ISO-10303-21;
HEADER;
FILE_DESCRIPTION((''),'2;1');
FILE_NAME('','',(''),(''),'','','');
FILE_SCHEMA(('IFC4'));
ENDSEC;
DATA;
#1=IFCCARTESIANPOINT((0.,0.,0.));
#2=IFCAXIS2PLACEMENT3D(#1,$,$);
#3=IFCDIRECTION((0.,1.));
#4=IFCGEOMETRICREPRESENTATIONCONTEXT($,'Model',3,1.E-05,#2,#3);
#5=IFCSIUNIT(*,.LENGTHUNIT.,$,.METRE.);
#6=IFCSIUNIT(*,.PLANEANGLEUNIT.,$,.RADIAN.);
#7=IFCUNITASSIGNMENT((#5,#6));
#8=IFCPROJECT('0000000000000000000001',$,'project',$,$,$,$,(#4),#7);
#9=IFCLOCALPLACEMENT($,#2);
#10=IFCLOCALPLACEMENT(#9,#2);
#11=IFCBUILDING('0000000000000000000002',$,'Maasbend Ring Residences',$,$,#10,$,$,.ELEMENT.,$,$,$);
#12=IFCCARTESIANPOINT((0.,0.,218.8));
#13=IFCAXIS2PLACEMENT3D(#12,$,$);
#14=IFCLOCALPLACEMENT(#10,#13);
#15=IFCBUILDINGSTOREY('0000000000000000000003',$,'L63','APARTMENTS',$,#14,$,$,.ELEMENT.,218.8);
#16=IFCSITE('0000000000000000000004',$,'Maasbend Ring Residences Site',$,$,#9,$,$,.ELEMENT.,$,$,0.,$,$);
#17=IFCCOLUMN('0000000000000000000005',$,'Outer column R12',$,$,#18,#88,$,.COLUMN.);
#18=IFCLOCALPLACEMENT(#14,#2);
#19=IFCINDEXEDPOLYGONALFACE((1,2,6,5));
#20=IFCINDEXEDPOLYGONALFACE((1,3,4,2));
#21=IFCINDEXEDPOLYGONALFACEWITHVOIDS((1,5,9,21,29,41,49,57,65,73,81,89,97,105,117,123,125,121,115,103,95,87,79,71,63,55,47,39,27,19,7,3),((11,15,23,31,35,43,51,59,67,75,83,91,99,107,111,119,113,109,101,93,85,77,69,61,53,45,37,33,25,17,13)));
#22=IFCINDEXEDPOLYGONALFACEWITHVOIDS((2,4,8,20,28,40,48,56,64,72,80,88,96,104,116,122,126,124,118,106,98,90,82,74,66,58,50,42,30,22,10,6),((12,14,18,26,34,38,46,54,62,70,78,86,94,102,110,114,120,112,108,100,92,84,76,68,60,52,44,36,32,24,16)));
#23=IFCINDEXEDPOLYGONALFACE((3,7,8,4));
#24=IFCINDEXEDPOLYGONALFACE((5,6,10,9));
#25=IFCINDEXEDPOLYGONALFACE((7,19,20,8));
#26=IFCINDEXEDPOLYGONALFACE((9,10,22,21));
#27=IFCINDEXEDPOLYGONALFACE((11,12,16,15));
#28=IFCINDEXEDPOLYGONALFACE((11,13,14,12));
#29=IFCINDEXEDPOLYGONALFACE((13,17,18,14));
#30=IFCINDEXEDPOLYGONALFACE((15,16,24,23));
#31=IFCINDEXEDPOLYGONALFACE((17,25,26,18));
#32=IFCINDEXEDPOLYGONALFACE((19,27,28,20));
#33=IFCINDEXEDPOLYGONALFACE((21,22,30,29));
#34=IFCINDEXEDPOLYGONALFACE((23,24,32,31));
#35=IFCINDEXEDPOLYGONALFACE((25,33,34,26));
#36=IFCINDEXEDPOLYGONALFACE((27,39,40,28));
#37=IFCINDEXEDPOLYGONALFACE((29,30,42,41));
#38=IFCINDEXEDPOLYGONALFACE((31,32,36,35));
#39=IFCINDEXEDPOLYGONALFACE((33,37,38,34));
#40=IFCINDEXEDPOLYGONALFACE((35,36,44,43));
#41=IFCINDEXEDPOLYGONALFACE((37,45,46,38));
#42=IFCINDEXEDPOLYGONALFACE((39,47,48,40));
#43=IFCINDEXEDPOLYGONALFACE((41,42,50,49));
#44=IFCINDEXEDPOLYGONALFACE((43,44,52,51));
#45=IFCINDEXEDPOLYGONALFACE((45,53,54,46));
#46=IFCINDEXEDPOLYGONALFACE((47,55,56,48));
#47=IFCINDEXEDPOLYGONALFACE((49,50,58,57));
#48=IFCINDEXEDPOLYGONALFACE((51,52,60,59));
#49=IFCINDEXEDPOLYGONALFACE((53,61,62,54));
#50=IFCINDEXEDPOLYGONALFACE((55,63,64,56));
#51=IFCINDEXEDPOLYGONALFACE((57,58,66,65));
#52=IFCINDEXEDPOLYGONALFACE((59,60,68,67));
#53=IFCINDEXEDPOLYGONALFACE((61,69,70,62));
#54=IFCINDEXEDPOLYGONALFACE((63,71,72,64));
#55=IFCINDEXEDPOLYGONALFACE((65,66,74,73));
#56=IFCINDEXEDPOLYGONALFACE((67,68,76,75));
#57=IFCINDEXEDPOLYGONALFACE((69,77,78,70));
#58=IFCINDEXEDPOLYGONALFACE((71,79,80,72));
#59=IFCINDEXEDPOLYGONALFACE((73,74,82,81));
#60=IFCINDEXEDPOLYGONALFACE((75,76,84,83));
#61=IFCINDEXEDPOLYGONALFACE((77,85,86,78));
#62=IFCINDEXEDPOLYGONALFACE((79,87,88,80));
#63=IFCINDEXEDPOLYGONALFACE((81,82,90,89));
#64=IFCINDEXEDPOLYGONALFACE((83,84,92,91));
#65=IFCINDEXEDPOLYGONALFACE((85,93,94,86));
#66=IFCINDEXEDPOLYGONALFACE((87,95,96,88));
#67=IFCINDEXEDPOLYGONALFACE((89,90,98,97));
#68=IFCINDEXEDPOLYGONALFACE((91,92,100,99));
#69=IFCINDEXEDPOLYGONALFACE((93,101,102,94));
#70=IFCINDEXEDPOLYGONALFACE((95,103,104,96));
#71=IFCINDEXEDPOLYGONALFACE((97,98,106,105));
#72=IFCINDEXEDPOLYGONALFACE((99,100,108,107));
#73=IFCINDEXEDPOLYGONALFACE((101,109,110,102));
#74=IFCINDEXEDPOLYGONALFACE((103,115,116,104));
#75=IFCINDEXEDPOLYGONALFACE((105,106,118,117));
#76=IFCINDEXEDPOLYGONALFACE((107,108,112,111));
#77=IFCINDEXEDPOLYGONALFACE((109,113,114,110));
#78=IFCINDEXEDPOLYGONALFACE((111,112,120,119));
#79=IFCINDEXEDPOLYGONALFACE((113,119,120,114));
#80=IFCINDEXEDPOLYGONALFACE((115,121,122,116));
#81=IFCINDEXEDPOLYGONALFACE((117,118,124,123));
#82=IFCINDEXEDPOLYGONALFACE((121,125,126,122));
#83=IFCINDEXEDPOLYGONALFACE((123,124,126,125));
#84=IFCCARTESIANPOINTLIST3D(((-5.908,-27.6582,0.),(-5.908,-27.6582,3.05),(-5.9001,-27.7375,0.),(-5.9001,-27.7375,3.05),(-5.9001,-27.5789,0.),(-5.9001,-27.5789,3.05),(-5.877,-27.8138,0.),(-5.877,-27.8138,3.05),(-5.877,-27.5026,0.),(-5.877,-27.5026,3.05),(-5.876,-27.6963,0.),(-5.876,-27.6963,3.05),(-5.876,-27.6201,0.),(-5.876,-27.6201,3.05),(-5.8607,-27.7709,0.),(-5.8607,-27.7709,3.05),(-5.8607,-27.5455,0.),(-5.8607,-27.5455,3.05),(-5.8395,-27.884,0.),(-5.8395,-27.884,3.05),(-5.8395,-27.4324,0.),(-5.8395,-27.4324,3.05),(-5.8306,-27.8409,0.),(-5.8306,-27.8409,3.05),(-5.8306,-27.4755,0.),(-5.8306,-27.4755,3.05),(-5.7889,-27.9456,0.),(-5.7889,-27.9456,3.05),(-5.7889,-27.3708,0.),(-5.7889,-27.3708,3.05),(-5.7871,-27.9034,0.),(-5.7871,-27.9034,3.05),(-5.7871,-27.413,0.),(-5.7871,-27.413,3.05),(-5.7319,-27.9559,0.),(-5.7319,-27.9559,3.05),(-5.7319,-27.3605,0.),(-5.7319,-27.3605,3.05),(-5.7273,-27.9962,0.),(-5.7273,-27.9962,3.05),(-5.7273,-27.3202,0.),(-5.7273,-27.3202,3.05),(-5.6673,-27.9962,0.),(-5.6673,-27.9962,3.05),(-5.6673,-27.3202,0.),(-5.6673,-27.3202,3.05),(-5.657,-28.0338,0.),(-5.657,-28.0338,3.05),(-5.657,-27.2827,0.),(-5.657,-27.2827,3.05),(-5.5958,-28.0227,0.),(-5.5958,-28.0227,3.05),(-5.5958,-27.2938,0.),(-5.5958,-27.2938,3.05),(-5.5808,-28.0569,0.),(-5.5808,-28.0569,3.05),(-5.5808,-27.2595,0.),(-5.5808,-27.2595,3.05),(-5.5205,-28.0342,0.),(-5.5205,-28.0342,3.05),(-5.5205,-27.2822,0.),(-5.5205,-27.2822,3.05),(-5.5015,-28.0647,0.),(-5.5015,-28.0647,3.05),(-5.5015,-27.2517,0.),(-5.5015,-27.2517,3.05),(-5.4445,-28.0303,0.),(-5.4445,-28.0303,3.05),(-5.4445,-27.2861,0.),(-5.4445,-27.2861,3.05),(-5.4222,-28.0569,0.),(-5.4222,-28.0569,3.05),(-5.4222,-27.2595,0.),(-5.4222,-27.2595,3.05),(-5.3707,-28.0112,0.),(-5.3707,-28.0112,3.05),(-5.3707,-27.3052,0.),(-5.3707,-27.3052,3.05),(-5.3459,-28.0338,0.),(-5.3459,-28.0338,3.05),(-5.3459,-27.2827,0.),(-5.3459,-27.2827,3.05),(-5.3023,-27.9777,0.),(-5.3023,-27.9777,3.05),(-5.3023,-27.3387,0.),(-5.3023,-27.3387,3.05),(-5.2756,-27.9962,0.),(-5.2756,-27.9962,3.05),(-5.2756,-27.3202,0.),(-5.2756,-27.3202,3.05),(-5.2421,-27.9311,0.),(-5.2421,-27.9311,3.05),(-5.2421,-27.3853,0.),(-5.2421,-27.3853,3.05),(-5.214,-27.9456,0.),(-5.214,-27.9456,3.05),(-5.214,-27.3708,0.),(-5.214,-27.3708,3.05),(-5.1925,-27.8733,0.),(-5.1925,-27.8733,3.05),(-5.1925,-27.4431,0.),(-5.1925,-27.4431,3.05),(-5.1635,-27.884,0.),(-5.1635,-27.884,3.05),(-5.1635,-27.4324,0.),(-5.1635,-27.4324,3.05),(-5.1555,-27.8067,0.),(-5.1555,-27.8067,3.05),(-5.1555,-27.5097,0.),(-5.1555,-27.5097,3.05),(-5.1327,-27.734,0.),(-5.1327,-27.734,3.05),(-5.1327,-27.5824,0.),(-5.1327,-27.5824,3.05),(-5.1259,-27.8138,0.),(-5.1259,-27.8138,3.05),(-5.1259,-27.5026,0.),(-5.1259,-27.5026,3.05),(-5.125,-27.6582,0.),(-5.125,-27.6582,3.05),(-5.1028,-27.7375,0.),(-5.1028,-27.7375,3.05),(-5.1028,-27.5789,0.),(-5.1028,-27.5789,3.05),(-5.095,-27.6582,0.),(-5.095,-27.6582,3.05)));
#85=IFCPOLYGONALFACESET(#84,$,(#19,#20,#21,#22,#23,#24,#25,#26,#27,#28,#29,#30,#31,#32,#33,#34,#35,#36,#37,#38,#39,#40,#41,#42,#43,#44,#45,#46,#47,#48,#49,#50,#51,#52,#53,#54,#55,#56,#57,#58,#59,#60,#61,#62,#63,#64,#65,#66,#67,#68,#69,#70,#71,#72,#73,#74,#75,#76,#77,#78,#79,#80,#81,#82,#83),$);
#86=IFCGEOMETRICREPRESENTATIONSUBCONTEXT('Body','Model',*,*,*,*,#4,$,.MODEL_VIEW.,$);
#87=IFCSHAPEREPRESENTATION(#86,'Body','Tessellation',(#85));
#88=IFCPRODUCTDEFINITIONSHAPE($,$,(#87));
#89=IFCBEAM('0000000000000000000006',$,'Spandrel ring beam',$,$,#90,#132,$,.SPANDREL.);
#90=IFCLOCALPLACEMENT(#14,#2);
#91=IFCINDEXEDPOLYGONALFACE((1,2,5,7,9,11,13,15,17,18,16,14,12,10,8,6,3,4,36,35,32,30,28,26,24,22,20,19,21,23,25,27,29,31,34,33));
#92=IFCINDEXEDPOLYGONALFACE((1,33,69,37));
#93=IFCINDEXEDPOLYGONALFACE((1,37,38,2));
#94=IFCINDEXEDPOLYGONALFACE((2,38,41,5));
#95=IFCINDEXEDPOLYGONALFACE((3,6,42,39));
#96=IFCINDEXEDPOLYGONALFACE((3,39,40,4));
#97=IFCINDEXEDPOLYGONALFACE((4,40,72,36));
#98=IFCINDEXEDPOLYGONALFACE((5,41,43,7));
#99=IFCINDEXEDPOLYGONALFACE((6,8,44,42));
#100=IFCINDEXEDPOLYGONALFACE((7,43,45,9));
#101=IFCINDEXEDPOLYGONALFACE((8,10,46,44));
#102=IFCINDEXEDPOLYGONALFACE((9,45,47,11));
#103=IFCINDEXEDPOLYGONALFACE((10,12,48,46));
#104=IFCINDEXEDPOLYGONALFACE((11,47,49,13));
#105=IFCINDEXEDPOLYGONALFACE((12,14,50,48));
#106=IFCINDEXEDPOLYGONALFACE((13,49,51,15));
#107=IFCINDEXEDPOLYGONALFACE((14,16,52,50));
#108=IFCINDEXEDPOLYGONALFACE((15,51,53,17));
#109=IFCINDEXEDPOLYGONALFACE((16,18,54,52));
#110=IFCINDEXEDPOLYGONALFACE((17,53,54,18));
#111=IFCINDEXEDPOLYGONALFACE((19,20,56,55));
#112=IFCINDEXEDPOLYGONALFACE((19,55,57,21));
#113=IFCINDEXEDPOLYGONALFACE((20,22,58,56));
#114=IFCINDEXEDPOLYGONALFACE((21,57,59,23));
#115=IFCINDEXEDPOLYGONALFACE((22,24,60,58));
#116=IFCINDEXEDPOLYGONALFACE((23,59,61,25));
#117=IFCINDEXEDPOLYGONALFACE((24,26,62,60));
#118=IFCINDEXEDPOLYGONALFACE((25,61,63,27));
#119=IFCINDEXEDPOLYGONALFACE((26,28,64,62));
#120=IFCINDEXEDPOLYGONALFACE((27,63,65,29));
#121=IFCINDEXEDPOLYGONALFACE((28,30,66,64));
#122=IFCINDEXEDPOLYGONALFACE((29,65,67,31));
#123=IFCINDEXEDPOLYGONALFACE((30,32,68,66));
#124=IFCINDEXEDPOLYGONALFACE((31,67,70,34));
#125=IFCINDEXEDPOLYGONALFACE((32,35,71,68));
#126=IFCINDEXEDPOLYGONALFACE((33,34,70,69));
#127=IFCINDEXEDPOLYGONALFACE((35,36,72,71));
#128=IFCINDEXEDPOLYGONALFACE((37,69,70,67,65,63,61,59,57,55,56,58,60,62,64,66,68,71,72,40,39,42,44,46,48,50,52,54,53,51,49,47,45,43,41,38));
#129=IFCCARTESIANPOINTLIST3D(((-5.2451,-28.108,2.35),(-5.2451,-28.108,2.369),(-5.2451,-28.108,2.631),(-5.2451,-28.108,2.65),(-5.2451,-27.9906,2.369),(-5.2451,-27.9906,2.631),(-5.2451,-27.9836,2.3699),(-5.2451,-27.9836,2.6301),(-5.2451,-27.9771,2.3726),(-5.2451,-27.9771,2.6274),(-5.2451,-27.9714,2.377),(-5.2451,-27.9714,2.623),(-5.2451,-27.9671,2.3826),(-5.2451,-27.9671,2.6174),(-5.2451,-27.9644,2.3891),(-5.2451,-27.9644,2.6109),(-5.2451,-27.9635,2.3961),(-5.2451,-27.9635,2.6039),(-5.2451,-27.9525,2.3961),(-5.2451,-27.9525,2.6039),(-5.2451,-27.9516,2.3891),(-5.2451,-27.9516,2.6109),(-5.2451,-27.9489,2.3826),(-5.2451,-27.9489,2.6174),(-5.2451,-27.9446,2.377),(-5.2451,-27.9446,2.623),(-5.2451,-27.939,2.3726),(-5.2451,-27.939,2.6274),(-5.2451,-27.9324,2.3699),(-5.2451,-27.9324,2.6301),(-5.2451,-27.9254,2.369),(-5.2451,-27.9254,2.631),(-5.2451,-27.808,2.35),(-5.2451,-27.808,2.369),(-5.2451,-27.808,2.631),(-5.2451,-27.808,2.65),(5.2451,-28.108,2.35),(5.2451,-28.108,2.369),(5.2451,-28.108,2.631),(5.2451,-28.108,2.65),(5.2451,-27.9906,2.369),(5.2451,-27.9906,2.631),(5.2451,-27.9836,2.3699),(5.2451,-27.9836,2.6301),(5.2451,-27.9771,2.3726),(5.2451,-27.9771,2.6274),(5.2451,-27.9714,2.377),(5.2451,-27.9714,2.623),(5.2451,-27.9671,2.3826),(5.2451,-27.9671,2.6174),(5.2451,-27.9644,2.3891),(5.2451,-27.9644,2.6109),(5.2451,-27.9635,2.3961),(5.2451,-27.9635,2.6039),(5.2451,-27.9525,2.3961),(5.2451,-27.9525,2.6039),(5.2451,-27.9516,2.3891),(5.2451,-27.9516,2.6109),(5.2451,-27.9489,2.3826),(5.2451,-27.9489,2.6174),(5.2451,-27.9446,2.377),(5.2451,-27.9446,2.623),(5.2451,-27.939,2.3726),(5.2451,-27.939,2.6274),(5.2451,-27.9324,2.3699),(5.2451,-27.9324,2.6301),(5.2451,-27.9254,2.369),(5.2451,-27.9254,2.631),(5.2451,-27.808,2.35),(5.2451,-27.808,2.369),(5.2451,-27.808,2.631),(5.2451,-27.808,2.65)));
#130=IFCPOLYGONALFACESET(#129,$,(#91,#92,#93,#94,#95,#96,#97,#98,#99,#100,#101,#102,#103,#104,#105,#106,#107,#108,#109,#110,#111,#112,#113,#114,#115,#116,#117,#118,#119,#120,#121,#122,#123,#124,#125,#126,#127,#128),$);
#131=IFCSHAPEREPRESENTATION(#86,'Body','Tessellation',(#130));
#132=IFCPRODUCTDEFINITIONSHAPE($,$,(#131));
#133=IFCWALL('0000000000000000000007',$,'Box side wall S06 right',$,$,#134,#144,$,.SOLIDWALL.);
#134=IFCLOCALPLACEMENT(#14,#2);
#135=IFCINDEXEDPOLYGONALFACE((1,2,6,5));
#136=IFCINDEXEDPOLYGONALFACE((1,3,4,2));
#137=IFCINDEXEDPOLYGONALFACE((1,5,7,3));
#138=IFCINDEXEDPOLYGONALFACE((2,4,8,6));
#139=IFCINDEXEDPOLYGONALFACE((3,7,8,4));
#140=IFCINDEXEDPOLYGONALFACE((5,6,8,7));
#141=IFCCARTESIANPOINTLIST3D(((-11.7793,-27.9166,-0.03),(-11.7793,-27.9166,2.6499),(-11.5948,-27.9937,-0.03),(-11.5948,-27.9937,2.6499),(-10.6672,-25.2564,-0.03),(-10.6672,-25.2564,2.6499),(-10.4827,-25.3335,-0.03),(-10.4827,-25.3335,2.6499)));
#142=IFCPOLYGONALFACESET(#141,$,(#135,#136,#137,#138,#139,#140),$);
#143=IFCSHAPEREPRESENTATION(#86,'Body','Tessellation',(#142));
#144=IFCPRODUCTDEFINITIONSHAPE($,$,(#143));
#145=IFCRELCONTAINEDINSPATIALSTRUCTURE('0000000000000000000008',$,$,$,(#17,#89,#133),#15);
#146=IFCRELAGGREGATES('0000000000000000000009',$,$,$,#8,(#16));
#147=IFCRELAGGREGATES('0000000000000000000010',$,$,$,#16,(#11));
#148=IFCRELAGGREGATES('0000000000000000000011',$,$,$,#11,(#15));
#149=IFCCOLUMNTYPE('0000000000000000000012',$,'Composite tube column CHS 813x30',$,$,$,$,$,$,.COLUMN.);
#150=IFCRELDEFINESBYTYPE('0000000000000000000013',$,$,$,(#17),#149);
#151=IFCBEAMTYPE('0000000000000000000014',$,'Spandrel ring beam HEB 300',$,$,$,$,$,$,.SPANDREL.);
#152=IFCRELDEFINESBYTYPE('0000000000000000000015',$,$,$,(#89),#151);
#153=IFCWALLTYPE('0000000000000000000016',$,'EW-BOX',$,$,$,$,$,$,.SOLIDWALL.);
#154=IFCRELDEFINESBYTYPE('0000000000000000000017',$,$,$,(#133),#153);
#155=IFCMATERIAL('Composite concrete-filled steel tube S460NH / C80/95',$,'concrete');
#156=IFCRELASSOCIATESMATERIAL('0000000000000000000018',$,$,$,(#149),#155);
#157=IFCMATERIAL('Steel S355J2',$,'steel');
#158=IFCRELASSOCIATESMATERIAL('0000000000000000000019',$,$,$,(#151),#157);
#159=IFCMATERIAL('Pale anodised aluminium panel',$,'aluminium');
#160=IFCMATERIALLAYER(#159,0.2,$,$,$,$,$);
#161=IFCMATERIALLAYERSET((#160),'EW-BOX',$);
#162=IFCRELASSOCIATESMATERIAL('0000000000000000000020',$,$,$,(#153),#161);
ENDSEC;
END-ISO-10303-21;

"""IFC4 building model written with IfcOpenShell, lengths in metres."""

from ifc_helpers import new_model, si_unit, direction, frame, frame_2d, origin, origin_2d, place, context, subcontext, project, spatial, rectangle, hollow_circle, i_section, extrude, material, layer, layer_set, material_profile, profile_set, type_object, element, save


model = new_model("IFC4")

# Units and contexts
model_context = context("Model", 3, precision=1e-05, world=origin(), true_north=direction((0.0, 1.0)))
body_context = subcontext(model_context, "Body", "Model", "MODEL_VIEW")
ifc_project = project(units=[si_unit("LENGTHUNIT", "METRE"), si_unit("PLANEANGLEUNIT", "RADIAN")], contexts=[model_context])

# Site, building, storey
site_placement = place(None, origin())
site = spatial("IfcSite", under=ifc_project, at=site_placement, Name="Maasbend Ring Residences Site", CompositionType="ELEMENT", RefElevation=0.0)
building_placement = place(site_placement, origin())
building = spatial("IfcBuilding", under=site, at=building_placement, Name="Maasbend Ring Residences", CompositionType="ELEMENT")
storey_placement = place(building_placement, frame((0.0, 0.0, 218.8)))
storey = spatial("IfcBuildingStorey", under=building, at=storey_placement, Name="L63", Description="APARTMENTS", CompositionType="ELEMENT", Elevation=218.8)

# Column
ifc_material_1 = material(Name="Composite concrete-filled steel tube S460NH / C80/95", Category="concrete")
ifc_material_profile_1 = material_profile(ifc_material_1, hollow_circle(Radius=0.4065, WallThickness=0.03, at=origin_2d()), Name="Composite tube column CHS 813x30")
ifc_profile_set_1 = profile_set([ifc_material_profile_1], Name="Composite concrete-filled steel tube S460NH / C80/95")
column_type = type_object("IfcColumnType", Name="Composite tube column CHS 813x30", PredefinedType="COLUMN", material=ifc_profile_set_1)
column_placement = place(storey_placement, frame((-5.5015, -27.6582, 0.0), z_axis=(0.0, 0.0, 1.0), x_axis=(1.0, 0.0, 0.0)))
element("IfcColumn", 1, at=column_placement, inside=storey, type_object=column_type, Name="Outer column R12", PredefinedType="COLUMN", context=body_context, shape_type="SweptSolid", body=[
    extrude(hollow_circle(Radius=0.4065, WallThickness=0.03, at=origin_2d()), origin(), (0.0, 0.0, 1.0), 3.05),
])

# Beam
ifc_material_2 = material(Name="Steel S355J2", Category="steel")
ifc_material_profile_2 = material_profile(ifc_material_2, i_section(OverallWidth=0.3, OverallDepth=0.3, WebThickness=0.011, FlangeThickness=0.019, FilletRadius=0.0271, at=origin_2d()), Name="HEB 300")
ifc_profile_set_2 = profile_set([ifc_material_profile_2], Name="Steel S355J2")
beam_type = type_object("IfcBeamType", Name="Spandrel ring beam HEB 300", PredefinedType="SPANDREL", material=ifc_profile_set_2)
beam_placement = place(storey_placement, frame((-5.2451, -27.958, 2.5), z_axis=(1.0, 0.0, 0.0), x_axis=(0.0, 1.0, 0.0)))
element("IfcBeam", 2, at=beam_placement, inside=storey, type_object=beam_type, Name="Spandrel ring beam", PredefinedType="SPANDREL", context=body_context, shape_type="SweptSolid", body=[
    extrude(i_section(OverallWidth=0.3, OverallDepth=0.3, WebThickness=0.011, FlangeThickness=0.019, FilletRadius=0.0271, at=origin_2d()), origin(), (0.0, 0.0, 1.0), 10.4902),
])

# Wall
ifc_material_3 = material(Name="Pale anodised aluminium panel", Category="aluminium")
ifc_layer_1 = layer(ifc_material_3, 0.2)
ifc_layer_set_1 = layer_set([ifc_layer_1], Name="EW-BOX")
wall_type_1 = type_object("IfcWallType", Name="EW-BOX", PredefinedType="SOLIDWALL", material=ifc_layer_set_1)
wall_1_placement = place(storey_placement, frame((-10.575, -25.2949, -0.03), z_axis=(0.0, 0.0, 1.0), x_axis=(-0.385697, -0.922625, 0.0)))
element("IfcWall", 3, at=wall_1_placement, inside=storey, type_object=wall_type_1, Name="Box side wall S06 right", PredefinedType="SOLIDWALL", context=body_context, shape_type="SweptSolid", body=[
    extrude(rectangle(XDim=2.8833, YDim=0.2, at=frame_2d((1.4417, 0.0))), origin(), (0.0, 0.0, 1.0), 2.6799),
])

save(model, "model.ifc")
